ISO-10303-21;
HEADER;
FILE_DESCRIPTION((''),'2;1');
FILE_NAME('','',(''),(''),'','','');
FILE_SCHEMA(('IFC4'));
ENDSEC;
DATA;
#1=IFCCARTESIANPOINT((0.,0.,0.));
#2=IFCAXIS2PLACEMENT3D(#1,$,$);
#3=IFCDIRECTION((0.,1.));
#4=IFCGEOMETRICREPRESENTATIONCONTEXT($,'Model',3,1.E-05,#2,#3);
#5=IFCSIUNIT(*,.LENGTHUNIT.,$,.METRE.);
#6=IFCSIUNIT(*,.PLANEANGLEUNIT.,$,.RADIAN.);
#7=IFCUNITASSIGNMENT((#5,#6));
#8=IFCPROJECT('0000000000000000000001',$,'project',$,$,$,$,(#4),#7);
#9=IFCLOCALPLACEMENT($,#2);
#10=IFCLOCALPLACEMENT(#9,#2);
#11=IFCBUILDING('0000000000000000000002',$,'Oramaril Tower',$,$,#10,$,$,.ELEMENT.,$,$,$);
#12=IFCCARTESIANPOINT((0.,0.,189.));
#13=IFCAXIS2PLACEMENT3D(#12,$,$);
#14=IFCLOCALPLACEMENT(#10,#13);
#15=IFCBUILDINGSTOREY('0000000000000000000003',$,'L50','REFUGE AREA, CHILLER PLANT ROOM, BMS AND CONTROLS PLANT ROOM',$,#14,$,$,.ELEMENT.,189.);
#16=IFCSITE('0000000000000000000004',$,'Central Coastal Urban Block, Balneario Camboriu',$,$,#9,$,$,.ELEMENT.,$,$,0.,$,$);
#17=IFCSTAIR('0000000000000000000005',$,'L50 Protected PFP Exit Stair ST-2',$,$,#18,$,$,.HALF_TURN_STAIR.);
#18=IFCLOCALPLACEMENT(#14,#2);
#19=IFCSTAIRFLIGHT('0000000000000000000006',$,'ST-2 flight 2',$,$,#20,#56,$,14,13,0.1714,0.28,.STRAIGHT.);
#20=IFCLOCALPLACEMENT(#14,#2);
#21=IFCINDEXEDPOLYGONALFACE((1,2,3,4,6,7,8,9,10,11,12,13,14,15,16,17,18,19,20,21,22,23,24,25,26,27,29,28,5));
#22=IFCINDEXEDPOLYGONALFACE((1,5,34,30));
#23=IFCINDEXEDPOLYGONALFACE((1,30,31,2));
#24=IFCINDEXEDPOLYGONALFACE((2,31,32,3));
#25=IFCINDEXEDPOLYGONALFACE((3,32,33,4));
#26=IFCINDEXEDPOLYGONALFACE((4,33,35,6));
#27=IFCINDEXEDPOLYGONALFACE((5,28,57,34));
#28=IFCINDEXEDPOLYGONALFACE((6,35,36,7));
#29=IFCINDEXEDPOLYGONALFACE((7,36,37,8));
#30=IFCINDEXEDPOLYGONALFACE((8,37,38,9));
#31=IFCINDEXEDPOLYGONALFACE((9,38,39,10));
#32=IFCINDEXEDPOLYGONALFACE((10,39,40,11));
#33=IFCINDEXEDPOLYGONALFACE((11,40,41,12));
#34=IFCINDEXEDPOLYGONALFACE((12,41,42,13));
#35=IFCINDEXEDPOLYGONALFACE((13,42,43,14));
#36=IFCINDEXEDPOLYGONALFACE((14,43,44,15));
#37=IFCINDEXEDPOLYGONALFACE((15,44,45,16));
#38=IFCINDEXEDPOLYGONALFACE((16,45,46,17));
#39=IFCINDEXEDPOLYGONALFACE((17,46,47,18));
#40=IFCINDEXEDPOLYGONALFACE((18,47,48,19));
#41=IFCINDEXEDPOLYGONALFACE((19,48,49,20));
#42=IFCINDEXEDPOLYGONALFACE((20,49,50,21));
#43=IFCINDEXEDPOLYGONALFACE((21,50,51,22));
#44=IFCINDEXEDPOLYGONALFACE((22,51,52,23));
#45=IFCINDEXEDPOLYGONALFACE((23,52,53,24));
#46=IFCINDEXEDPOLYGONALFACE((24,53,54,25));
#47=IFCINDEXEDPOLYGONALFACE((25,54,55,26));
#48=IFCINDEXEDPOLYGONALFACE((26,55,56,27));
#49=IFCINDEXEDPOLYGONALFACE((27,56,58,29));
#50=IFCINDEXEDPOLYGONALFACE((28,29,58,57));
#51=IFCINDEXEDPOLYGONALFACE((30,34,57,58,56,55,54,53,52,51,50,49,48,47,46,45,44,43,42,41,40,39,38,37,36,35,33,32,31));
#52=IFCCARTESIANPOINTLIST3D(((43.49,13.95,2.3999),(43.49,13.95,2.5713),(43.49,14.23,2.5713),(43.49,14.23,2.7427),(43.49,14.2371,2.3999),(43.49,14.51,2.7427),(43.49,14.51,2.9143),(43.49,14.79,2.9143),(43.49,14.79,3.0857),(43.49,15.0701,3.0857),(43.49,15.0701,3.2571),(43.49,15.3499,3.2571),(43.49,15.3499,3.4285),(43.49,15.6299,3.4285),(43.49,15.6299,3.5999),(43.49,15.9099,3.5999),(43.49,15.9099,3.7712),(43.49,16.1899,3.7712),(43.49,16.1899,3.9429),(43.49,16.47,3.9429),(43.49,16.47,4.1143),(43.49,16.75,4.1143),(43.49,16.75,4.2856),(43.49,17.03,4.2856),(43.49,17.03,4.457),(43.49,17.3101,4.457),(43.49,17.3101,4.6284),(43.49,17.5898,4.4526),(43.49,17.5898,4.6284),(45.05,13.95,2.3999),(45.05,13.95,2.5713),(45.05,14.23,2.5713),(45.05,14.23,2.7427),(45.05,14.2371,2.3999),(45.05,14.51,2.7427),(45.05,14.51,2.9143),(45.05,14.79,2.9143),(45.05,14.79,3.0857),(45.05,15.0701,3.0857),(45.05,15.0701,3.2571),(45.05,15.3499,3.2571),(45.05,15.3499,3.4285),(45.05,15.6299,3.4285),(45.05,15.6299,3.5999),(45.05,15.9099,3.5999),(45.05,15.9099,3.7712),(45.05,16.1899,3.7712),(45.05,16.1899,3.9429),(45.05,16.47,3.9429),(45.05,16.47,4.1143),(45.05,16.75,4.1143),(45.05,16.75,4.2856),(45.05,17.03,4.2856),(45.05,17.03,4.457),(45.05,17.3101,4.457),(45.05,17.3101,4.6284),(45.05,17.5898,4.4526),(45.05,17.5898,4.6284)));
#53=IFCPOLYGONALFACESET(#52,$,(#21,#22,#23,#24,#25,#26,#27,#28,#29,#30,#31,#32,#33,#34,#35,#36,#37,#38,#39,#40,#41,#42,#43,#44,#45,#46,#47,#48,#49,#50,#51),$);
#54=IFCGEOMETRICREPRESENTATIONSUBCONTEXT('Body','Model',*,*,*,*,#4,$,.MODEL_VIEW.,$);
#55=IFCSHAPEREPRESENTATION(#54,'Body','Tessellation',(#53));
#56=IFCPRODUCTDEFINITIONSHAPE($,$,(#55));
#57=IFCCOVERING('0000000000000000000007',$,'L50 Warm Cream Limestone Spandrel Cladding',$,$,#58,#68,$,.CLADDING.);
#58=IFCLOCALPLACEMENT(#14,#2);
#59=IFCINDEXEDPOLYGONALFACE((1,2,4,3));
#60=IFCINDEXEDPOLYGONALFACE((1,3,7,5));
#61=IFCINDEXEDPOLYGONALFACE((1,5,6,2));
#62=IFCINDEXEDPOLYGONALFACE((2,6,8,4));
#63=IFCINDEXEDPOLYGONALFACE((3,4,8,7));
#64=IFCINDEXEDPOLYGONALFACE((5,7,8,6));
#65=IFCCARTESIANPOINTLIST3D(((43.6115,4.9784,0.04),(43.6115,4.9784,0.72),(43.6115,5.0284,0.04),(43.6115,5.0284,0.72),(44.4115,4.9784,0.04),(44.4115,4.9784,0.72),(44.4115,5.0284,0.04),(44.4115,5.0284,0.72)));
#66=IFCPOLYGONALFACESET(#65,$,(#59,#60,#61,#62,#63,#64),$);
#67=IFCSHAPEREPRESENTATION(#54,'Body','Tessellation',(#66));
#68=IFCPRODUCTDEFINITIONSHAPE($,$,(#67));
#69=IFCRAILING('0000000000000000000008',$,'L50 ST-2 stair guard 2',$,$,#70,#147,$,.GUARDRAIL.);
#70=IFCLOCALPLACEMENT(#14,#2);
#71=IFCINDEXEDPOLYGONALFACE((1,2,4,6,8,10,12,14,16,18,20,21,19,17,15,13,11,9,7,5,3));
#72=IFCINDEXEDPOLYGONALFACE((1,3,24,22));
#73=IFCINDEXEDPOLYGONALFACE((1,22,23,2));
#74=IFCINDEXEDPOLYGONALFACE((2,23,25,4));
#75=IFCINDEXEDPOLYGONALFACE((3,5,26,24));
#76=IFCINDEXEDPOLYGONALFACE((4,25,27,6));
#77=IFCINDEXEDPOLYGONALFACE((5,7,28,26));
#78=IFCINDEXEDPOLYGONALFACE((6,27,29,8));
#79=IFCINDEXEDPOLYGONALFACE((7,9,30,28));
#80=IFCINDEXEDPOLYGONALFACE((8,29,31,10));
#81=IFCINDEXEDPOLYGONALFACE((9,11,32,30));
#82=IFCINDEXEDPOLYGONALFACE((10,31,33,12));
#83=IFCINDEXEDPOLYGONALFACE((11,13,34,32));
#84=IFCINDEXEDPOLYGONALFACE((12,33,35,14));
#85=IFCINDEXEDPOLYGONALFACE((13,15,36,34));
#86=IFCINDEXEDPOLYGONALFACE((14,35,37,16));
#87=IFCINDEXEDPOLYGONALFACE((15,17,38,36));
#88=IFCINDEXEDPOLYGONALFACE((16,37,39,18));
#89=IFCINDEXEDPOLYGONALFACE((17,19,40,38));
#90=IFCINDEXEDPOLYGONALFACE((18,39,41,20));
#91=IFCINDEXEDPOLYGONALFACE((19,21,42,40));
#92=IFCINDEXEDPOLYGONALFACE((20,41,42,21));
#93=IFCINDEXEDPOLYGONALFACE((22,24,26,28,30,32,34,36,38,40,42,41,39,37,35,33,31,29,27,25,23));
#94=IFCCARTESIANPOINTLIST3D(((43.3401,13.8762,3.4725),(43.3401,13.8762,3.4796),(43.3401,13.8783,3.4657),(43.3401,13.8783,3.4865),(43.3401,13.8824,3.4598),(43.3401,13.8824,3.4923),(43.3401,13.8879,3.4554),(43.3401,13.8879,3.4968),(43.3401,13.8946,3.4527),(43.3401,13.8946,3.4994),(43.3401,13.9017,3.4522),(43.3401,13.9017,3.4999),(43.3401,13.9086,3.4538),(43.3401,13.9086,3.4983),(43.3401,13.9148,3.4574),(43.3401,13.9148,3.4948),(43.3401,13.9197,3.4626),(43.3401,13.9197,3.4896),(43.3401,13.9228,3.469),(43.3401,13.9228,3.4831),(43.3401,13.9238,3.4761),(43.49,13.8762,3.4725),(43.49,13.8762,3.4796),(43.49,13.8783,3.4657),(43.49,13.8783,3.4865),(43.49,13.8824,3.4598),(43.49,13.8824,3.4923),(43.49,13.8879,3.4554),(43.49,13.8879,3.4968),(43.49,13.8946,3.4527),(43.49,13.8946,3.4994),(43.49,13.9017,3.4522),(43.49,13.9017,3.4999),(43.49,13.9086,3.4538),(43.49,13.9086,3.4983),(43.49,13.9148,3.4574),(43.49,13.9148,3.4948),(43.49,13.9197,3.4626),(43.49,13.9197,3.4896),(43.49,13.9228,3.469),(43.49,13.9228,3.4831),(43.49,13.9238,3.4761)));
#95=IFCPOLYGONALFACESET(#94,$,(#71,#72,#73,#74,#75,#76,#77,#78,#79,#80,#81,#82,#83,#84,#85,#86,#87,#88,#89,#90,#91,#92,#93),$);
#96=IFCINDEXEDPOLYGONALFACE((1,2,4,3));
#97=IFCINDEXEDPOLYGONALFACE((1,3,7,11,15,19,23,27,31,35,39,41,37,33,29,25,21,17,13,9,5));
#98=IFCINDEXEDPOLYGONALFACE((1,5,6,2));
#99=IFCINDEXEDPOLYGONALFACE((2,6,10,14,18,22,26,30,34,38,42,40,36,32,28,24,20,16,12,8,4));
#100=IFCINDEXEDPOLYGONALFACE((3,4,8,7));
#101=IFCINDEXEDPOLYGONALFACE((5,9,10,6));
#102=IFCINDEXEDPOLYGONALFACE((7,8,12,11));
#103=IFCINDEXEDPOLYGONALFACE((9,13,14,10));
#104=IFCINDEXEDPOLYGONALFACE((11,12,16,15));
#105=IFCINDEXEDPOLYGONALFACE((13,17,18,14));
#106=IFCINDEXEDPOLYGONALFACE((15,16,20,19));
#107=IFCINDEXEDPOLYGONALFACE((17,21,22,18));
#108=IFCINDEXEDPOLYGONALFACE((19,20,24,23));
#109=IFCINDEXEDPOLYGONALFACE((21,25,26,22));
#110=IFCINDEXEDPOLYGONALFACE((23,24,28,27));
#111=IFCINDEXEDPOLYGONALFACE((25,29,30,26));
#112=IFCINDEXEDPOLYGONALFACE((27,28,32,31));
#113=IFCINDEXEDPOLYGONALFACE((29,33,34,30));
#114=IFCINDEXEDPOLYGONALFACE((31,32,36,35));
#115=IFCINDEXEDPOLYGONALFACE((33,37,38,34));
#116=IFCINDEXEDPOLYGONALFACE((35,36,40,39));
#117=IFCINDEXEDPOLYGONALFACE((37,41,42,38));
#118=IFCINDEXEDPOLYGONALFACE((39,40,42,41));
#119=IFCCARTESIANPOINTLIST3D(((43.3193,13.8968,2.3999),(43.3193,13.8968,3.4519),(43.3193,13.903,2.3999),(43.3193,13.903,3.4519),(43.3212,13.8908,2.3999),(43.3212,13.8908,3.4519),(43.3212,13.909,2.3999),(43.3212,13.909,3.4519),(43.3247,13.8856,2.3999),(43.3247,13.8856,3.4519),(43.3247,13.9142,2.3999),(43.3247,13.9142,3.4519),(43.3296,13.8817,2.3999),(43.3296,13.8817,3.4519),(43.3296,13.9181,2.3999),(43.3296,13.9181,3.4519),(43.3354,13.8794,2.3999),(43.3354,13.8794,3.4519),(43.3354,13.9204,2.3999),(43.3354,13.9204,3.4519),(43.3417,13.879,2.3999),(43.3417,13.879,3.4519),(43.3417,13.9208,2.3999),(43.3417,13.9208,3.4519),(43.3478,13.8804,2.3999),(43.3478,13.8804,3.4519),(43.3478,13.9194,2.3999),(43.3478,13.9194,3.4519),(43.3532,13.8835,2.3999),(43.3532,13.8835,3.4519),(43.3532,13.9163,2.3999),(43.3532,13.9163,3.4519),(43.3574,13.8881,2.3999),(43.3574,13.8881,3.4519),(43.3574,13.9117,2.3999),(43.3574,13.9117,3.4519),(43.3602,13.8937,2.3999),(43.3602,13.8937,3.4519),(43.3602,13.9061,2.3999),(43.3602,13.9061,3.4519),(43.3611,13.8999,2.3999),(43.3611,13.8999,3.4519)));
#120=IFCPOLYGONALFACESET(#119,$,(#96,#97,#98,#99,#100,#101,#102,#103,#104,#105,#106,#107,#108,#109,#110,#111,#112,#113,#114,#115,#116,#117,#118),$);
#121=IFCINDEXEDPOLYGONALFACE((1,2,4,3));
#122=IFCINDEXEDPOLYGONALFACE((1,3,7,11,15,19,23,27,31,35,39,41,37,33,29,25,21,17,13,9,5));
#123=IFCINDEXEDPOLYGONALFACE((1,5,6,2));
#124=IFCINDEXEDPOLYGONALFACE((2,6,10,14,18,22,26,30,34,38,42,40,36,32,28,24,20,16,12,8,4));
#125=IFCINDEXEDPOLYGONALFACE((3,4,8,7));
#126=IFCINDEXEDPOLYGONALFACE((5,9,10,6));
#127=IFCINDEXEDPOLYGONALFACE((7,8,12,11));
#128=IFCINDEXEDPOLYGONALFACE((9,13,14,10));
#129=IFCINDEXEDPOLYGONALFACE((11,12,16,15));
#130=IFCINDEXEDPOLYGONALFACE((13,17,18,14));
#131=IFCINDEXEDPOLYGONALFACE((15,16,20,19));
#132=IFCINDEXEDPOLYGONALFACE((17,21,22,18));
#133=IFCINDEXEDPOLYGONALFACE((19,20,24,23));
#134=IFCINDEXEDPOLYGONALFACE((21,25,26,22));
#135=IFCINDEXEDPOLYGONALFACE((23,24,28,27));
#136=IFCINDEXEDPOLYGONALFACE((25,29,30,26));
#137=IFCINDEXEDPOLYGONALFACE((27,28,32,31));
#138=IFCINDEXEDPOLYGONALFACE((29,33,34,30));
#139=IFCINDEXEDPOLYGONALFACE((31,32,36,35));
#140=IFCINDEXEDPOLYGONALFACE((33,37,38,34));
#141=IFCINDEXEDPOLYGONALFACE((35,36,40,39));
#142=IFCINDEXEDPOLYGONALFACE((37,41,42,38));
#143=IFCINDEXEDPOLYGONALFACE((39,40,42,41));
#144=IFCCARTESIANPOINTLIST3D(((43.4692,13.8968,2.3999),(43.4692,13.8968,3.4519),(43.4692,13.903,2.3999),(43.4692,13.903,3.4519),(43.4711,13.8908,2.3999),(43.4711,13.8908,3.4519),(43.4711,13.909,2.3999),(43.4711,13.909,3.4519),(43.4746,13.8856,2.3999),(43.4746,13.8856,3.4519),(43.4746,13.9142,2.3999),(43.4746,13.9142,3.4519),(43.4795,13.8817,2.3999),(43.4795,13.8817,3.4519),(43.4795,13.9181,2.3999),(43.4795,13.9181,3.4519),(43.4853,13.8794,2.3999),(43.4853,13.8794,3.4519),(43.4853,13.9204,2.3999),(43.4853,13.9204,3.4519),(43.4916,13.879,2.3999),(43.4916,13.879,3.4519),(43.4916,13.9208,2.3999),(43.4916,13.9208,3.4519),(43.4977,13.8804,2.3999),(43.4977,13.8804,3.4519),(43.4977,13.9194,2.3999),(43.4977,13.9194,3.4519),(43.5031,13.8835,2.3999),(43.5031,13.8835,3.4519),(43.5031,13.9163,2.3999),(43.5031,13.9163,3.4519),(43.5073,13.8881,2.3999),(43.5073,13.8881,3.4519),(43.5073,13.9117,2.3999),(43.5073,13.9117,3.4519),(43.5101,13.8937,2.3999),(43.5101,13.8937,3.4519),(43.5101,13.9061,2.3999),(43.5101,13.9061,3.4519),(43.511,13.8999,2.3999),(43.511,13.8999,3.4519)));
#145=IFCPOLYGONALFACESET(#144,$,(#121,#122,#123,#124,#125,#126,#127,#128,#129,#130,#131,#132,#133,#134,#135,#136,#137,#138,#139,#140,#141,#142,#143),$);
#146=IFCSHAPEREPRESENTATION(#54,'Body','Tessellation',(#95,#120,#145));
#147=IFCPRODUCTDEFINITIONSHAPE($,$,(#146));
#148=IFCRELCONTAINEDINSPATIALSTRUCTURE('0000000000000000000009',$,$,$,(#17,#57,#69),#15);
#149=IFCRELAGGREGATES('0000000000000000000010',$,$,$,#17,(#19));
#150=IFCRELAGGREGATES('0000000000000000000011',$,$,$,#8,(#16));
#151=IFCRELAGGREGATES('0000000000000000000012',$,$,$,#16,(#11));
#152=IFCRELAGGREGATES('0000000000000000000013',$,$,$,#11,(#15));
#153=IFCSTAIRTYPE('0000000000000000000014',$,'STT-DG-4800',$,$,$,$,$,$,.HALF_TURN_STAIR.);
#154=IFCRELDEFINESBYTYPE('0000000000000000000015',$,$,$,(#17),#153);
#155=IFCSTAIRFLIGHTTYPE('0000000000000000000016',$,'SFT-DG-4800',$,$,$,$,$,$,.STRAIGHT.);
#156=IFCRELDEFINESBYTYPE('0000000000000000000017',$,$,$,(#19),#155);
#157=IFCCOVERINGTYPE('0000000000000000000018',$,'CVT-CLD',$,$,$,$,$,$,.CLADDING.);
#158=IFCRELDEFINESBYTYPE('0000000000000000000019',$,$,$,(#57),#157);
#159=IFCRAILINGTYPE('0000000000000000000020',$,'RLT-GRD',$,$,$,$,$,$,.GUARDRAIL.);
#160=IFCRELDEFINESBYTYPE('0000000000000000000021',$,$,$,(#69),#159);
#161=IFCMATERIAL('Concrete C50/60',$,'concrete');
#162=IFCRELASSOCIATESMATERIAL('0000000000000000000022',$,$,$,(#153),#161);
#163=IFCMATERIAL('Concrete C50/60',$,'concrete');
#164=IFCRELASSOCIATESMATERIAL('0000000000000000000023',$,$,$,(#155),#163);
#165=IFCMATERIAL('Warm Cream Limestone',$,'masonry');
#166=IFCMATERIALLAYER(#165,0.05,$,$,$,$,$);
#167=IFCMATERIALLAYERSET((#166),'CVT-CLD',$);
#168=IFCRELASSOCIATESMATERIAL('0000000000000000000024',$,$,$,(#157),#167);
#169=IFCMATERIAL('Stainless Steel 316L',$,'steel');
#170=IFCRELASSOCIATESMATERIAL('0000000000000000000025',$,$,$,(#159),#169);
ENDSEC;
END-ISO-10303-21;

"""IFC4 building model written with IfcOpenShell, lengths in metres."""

from ifc_helpers import new_model, si_unit, direction, frame, origin, origin_2d, place, context, subcontext, project, spatial, polyline, rectangle, circle, outline, extrude, material, layer, layer_set, type_object, element, aggregate, save


model = new_model("IFC4")

# Units and contexts
model_context = context("Model", 3, precision=1e-05, world=origin(), true_north=direction((0.0, 1.0)))
body_context = subcontext(model_context, "Body", "Model", "MODEL_VIEW")
ifc_project = project(units=[si_unit("LENGTHUNIT", "METRE"), si_unit("PLANEANGLEUNIT", "RADIAN")], contexts=[model_context])

# Site, building, storey
site_placement = place(None, origin())
site = spatial("IfcSite", under=ifc_project, at=site_placement, Name="Central Coastal Urban Block, Balneario Camboriu", CompositionType="ELEMENT", RefElevation=0.0)
building_placement = place(site_placement, origin())
building = spatial("IfcBuilding", under=site, at=building_placement, Name="Oramaril Tower", CompositionType="ELEMENT")
storey_placement = place(building_placement, frame((0.0, 0.0, 189.0)))
storey = spatial("IfcBuildingStorey", under=building, at=storey_placement, Name="L50", Description="REFUGE AREA, CHILLER PLANT ROOM, BMS AND CONTROLS PLANT ROOM", CompositionType="ELEMENT", Elevation=189.0)

# Stair, stair flight
ifc_material_1 = material(Name="Concrete C50/60", Category="concrete")
stair_type = type_object("IfcStairType", Name="STT-DG-4800", PredefinedType="HALF_TURN_STAIR", material=ifc_material_1)
stair_placement = place(storey_placement, origin())
stair = element("IfcStair", 1, at=stair_placement, inside=storey, type_object=stair_type, Name="L50 Protected PFP Exit Stair ST-2", PredefinedType="HALF_TURN_STAIR")
ifc_material_2 = material(Name="Concrete C50/60", Category="concrete")
stair_flight_type = type_object("IfcStairFlightType", Name="SFT-DG-4800", PredefinedType="STRAIGHT", material=ifc_material_2)
stair_flight_placement = place(storey_placement, frame((44.27, 13.95, 2.3999), z_axis=(0.0, 0.0, 1.0), x_axis=(0.0, 1.0, 0.0)))
stair_flight = element("IfcStairFlight", 2, at=stair_flight_placement, type_object=stair_flight_type, Name="ST-2 flight 2", NumberOfRisers=14, NumberOfTreads=13, PredefinedType="STRAIGHT", RiserHeight=0.1714, TreadLength=0.28, context=body_context, shape_type="SweptSolid", body=[
    extrude(outline(polyline([(0.0, 0.0), (0.0, 0.1714), (0.28, 0.1714), (0.28, 0.3428), (0.5601, 0.3428), (0.5601, 0.5144), (0.8401, 0.5144), (0.8401, 0.6858), (1.1201, 0.6858), (1.1201, 0.8572), (1.3999, 0.8572), (1.3999, 1.0286), (1.6799, 1.0286), (1.6799, 1.2), (1.96, 1.2), (1.96, 1.3713), (2.24, 1.3713), (2.24, 1.543), (2.52, 1.543), (2.52, 1.7144), (2.8, 1.7144), (2.8, 1.8857), (3.0801, 1.8857), (3.0801, 2.0571), (3.3601, 2.0571), (3.3601, 2.2285), (3.6399, 2.2285), (3.6399, 2.3999), (3.6399, 2.0527), (0.2871, 0.0), (0.0, 0.0)])), frame((0.0, 0.78, 0.0), z_axis=(0.0, -1.0, 0.0), x_axis=(1.0, 0.0, 0.0)), (0.0, 0.0, 1.0), 1.5601),
])
aggregate(stair, [stair_flight])

# Covering
ifc_material_3 = material(Name="Warm Cream Limestone", Category="masonry")
ifc_layer_1 = layer(ifc_material_3, 0.05)
ifc_layer_set_1 = layer_set([ifc_layer_1], Name="CVT-CLD")
covering_type = type_object("IfcCoveringType", Name="CVT-CLD", PredefinedType="CLADDING", material=ifc_layer_set_1)
covering_placement = place(storey_placement, frame((44.0115, 5.0034, 0.04), z_axis=(0.0, 0.0, 1.0), x_axis=(1.0, 0.0, 0.0)))
element("IfcCovering", 3, at=covering_placement, inside=storey, type_object=covering_type, Name="L50 Warm Cream Limestone Spandrel Cladding", PredefinedType="CLADDING", context=body_context, shape_type="SweptSolid", body=[
    extrude(rectangle(XDim=0.8, YDim=0.05, at=origin_2d()), origin(), (0.0, 0.0, 1.0), 0.6799),
])

# Railing
ifc_material_4 = material(Name="Stainless Steel 316L", Category="steel")
railing_type = type_object("IfcRailingType", Name="RLT-GRD", PredefinedType="GUARDRAIL", material=ifc_material_4)
railing_1_placement = place(storey_placement, frame((43.3401, 13.8999, 2.3999)))
element("IfcRailing", 4, at=railing_1_placement, inside=storey, type_object=railing_type, Name="L50 ST-2 stair guard 2", PredefinedType="GUARDRAIL", context=body_context, shape_type="SweptSolid", body=[
    extrude(circle(Radius=0.0239, at=origin_2d()), frame((0.0, 0.0, 1.0762), z_axis=(1.0, 0.0, 0.0), x_axis=(0.0, 1.0, 0.0)), (0.0, 0.0, 1.0), 0.1499),
    extrude(circle(Radius=0.021, at=origin_2d()), origin(), (0.0, 0.0, 1.0), 1.052),
    extrude(circle(Radius=0.021, at=origin_2d()), frame((0.1499, 0.0, 0.0)), (0.0, 0.0, 1.0), 1.052),
])

save(model, "model.ifc")
